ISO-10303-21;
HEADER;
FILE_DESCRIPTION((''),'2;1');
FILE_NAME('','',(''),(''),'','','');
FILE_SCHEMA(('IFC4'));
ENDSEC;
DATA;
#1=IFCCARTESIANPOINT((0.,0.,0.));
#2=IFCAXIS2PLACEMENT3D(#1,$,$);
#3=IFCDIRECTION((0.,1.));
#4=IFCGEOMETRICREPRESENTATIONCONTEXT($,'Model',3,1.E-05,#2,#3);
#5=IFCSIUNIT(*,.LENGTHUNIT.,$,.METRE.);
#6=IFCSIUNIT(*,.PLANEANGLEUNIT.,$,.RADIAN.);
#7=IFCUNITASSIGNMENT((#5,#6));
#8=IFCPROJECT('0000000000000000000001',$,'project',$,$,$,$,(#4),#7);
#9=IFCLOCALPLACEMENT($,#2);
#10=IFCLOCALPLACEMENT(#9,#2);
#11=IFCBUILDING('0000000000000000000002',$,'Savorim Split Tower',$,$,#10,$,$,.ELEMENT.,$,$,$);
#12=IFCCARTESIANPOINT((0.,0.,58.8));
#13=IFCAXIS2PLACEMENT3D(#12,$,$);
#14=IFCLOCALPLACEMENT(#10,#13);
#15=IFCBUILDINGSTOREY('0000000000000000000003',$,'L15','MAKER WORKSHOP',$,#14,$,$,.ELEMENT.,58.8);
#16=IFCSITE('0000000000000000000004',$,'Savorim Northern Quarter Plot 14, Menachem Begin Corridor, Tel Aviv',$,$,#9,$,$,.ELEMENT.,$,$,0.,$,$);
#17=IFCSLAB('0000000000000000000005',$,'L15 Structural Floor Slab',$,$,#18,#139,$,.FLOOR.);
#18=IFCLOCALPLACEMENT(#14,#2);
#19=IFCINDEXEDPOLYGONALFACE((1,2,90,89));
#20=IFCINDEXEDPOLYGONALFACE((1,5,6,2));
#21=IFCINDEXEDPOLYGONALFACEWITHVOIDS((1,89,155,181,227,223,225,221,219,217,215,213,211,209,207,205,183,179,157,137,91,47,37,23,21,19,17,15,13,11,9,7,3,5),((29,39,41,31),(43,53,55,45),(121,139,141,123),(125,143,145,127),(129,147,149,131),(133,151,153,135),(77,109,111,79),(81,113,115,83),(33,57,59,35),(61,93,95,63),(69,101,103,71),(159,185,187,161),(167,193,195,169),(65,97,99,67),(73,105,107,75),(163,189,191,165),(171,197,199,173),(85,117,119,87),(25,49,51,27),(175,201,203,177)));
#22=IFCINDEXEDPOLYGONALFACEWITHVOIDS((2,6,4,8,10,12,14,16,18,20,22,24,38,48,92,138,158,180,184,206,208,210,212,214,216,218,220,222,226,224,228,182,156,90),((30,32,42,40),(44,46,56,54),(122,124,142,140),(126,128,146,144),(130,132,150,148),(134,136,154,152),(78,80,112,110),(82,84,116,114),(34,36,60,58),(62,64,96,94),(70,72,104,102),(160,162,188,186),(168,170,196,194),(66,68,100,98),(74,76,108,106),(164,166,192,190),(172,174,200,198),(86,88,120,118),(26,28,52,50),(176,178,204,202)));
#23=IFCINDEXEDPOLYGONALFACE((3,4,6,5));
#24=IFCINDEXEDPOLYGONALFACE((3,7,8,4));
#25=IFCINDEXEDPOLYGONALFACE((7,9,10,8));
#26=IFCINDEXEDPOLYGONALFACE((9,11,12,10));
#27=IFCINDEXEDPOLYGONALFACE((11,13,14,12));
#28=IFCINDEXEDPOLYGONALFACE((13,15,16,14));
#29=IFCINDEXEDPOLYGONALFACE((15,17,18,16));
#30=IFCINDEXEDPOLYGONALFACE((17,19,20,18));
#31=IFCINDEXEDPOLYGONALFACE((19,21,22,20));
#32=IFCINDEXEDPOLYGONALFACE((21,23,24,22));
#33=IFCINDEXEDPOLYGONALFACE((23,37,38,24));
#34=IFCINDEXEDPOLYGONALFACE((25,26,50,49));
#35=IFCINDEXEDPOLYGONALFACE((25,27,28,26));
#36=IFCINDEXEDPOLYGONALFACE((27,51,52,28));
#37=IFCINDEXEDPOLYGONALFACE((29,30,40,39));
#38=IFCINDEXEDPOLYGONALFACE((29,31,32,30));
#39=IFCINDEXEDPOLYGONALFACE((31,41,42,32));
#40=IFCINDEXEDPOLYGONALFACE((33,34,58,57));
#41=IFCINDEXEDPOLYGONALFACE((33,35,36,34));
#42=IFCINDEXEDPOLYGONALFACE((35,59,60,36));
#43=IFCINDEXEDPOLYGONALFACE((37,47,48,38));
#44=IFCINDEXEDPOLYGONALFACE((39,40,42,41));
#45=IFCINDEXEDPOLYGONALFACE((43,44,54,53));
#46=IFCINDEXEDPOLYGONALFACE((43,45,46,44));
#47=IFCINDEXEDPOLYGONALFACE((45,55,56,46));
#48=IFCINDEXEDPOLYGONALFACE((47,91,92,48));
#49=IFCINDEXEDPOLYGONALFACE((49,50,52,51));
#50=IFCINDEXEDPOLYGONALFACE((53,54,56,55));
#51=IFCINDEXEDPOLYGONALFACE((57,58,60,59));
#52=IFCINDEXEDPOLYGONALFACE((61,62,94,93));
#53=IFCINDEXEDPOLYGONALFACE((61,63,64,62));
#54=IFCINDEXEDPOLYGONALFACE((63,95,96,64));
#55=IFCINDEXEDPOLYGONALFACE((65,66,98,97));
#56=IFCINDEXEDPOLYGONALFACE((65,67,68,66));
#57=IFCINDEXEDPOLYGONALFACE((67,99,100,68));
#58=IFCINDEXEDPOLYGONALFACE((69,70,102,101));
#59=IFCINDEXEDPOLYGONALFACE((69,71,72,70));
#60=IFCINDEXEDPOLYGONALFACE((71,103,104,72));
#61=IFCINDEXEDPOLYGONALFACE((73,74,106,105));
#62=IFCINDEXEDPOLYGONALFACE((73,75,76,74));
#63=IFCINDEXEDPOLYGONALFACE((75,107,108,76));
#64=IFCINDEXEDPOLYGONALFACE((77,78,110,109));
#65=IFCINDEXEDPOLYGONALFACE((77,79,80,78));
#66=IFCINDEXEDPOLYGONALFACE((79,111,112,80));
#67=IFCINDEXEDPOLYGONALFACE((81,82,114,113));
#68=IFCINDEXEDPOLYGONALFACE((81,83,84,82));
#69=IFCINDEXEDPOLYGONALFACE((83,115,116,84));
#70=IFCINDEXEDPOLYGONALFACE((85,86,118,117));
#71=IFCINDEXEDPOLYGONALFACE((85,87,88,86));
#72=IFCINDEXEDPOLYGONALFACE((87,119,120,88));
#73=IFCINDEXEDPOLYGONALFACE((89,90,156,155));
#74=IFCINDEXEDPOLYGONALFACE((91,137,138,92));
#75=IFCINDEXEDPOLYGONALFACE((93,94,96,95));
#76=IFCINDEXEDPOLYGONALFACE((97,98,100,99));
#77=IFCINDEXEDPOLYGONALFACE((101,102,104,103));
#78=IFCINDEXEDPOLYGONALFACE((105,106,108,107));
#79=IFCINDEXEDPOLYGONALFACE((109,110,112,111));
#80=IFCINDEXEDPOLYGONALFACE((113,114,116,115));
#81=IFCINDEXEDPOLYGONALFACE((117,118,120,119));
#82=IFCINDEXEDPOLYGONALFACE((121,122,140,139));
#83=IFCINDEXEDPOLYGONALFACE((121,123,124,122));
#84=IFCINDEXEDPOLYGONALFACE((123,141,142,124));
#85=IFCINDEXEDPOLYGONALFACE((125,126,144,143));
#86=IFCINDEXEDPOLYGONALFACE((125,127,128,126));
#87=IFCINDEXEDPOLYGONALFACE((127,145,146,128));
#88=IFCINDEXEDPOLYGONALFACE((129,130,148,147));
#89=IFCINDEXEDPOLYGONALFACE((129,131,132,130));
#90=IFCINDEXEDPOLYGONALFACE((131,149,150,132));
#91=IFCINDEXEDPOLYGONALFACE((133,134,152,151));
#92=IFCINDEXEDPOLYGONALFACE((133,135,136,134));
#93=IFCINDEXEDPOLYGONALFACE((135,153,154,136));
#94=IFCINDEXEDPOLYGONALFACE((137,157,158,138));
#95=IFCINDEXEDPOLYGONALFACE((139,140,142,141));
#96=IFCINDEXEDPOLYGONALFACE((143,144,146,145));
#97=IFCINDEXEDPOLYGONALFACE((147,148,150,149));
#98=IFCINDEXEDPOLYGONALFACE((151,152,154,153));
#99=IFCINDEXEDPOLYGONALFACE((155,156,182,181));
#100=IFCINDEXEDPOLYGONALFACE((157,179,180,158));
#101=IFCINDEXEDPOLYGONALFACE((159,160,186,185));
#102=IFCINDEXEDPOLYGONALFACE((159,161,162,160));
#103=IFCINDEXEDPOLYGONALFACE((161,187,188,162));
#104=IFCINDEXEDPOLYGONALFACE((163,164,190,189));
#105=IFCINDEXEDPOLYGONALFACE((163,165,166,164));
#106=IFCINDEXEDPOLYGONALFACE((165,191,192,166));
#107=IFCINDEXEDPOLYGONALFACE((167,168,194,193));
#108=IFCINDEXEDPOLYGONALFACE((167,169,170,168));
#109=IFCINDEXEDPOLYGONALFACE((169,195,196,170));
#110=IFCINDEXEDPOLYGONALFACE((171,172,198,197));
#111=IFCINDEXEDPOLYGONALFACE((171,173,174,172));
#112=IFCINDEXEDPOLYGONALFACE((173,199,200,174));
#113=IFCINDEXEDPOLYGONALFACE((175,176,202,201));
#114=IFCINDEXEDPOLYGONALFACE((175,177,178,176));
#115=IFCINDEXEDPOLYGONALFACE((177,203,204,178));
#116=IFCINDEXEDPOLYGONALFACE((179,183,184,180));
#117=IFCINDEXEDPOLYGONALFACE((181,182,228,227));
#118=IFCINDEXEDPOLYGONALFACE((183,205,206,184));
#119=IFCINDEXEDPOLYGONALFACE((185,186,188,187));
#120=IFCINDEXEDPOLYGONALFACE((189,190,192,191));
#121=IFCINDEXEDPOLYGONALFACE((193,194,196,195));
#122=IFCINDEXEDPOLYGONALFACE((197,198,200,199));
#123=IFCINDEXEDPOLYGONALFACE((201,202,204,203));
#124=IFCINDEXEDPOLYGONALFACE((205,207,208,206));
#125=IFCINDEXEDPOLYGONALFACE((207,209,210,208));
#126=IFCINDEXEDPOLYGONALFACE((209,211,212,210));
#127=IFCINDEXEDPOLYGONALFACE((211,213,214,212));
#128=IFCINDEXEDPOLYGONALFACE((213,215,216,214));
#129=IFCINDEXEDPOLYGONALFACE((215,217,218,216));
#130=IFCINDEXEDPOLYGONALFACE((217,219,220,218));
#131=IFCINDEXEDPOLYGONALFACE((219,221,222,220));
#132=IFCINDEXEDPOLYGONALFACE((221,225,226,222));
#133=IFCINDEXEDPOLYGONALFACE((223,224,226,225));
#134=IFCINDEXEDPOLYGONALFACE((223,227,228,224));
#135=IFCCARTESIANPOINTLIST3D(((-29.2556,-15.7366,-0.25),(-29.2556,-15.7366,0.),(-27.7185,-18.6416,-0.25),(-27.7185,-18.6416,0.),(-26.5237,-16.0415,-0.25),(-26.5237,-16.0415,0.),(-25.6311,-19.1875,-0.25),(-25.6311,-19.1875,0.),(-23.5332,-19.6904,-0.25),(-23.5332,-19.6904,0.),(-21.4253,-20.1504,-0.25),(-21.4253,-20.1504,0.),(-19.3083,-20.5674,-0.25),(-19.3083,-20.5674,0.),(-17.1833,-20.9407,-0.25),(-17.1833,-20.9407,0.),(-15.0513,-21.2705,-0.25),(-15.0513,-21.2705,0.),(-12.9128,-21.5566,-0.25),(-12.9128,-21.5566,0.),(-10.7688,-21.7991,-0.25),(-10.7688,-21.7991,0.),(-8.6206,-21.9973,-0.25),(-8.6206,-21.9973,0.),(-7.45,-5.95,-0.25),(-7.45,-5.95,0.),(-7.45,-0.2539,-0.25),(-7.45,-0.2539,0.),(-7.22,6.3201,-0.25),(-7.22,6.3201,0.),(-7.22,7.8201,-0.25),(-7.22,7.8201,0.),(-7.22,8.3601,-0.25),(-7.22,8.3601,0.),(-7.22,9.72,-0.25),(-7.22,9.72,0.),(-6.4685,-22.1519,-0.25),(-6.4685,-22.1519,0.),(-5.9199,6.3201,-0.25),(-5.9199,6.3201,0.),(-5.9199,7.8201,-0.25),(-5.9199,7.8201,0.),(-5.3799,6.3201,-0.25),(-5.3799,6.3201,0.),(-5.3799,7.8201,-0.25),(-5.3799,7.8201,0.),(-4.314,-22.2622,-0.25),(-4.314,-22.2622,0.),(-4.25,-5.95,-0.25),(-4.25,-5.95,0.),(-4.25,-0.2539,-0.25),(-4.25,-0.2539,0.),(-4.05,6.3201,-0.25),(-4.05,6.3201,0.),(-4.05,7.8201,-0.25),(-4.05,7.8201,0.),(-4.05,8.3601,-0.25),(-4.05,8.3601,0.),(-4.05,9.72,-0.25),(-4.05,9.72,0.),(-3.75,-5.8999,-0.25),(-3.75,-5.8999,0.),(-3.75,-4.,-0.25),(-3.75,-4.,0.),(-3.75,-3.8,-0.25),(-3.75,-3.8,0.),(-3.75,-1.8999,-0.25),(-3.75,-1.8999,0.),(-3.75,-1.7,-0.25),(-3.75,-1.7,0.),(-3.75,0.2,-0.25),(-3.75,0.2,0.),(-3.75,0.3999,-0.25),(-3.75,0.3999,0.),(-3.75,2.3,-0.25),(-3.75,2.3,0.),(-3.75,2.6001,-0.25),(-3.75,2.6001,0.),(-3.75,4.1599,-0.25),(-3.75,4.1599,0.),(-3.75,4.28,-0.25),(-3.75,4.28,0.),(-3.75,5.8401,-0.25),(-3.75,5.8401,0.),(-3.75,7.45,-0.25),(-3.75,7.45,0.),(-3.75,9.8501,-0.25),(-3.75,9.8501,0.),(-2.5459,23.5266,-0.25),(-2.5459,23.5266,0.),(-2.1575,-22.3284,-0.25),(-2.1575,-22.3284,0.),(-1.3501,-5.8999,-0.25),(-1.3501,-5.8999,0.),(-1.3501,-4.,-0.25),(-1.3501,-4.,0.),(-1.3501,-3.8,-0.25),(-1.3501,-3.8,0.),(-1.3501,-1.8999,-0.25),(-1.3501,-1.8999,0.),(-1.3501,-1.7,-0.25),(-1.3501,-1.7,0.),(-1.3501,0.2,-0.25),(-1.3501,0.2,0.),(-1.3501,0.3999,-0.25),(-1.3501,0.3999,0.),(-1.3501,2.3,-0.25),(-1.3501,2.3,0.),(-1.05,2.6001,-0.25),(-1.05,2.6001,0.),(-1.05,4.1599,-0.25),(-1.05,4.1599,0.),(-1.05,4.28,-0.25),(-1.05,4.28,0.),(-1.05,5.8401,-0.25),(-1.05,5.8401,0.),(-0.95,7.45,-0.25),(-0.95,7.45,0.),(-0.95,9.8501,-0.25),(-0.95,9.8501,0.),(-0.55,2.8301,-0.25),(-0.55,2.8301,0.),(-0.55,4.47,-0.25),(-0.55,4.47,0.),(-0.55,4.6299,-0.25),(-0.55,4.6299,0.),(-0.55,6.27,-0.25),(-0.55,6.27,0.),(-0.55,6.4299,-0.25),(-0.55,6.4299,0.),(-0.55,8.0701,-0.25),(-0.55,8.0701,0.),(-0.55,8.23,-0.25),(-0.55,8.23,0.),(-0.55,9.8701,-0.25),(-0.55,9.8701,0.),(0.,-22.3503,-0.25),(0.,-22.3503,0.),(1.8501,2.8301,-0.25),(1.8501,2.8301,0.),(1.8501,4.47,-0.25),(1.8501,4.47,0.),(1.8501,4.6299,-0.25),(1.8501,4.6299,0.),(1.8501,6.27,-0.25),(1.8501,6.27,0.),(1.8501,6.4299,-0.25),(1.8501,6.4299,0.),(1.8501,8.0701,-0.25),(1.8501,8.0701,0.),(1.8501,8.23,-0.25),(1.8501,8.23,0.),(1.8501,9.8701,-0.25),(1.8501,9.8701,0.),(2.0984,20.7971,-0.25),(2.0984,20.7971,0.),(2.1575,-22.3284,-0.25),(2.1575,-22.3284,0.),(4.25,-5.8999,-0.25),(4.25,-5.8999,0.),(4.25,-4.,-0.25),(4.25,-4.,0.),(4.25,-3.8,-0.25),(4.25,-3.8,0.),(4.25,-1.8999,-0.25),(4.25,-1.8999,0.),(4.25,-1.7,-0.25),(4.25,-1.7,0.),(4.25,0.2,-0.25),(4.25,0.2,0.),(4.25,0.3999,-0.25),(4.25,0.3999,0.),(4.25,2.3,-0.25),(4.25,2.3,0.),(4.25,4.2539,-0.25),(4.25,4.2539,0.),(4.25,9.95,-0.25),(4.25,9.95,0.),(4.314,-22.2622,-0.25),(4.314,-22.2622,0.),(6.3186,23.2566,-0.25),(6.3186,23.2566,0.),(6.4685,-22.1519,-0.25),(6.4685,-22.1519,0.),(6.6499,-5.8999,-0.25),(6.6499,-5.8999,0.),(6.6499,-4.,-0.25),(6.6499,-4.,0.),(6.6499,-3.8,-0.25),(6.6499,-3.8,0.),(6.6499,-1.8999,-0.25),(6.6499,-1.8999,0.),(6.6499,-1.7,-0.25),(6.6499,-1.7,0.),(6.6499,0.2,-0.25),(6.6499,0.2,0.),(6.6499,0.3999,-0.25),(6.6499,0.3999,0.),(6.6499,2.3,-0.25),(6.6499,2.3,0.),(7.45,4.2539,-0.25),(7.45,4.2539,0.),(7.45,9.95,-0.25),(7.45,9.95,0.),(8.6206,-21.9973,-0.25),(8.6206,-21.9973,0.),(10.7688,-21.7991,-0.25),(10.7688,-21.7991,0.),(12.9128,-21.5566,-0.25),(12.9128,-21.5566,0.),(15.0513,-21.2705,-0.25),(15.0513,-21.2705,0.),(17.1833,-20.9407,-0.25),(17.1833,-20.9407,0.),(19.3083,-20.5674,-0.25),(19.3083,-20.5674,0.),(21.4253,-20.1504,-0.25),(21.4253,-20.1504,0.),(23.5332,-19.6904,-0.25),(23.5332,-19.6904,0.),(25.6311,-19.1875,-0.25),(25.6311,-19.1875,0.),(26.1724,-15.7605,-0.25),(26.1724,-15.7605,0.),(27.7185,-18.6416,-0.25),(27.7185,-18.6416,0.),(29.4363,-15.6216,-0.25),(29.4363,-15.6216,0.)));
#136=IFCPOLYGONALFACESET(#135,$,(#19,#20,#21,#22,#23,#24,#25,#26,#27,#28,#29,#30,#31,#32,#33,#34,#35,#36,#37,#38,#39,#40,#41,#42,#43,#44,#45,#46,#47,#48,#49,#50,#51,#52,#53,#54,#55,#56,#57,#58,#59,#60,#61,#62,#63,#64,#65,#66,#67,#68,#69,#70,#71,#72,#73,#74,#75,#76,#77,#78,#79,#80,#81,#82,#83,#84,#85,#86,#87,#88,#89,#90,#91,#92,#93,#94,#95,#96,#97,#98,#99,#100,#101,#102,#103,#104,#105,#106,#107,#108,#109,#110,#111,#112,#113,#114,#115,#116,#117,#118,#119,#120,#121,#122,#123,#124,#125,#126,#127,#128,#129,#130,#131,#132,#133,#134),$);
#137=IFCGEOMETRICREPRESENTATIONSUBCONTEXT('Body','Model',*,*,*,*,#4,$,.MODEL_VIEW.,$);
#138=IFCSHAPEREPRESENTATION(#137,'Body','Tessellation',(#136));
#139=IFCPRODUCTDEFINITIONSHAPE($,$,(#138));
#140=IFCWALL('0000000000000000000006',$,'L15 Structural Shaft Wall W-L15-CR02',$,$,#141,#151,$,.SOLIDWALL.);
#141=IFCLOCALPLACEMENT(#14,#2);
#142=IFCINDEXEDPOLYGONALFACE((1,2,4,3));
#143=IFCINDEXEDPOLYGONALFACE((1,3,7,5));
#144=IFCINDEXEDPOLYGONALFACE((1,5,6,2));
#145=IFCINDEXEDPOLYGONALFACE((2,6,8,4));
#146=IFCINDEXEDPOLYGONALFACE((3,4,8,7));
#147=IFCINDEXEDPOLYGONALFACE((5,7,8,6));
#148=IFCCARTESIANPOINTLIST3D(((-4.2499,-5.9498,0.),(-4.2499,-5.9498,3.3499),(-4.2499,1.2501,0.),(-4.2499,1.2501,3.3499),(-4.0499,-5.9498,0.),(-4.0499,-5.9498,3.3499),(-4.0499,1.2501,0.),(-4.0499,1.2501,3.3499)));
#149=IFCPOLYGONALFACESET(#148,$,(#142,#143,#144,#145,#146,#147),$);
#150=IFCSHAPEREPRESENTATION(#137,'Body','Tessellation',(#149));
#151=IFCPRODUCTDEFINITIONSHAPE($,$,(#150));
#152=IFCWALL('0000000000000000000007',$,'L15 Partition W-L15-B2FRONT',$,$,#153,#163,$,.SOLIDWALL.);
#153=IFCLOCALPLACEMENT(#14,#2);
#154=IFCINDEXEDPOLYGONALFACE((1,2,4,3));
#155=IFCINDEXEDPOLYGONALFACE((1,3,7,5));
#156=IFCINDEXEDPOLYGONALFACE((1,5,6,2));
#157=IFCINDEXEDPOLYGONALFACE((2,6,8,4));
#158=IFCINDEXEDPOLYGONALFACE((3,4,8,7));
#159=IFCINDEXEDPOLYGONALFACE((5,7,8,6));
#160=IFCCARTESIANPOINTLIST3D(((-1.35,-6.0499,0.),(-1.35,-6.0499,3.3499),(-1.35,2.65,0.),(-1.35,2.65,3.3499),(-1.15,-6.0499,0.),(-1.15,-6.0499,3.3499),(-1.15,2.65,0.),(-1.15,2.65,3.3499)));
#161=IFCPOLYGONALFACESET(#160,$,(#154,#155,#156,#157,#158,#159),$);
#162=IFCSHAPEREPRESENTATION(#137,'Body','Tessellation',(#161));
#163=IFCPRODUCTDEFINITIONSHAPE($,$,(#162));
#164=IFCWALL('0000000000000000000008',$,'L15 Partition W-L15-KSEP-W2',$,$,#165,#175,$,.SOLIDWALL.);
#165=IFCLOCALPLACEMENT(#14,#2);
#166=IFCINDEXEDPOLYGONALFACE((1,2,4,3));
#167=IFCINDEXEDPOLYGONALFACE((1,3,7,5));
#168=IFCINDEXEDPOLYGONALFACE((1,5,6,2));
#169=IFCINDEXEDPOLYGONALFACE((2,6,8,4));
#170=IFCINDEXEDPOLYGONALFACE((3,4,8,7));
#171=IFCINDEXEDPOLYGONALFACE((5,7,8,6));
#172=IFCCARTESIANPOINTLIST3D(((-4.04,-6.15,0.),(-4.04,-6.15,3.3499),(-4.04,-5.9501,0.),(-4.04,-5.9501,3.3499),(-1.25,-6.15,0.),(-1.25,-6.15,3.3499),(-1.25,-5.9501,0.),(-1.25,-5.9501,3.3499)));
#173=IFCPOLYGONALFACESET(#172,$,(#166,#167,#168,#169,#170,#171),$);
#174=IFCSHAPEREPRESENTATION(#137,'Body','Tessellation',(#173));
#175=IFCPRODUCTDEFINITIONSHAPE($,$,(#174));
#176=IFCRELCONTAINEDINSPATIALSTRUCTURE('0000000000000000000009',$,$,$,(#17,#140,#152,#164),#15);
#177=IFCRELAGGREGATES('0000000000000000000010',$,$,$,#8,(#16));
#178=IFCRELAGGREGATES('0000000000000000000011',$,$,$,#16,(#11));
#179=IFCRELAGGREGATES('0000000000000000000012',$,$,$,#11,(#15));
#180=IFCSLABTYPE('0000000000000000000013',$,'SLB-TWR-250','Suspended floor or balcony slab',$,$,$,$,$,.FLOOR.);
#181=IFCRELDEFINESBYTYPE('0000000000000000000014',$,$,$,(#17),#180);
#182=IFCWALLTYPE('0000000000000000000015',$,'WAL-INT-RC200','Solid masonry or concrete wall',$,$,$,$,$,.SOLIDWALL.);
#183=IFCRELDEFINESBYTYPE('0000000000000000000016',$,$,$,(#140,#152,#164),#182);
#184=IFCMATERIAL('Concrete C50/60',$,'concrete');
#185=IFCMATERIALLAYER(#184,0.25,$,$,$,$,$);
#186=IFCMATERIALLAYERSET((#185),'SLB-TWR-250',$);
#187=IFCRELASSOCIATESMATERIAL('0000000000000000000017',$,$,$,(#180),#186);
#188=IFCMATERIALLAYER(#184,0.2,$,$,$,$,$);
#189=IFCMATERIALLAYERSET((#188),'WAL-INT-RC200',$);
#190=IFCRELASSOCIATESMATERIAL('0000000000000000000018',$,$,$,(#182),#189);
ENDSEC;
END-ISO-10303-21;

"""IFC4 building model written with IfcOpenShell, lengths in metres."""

from ifc_helpers import new_model, si_unit, direction, frame, frame_2d, origin, place, context, subcontext, project, spatial, polyline, rectangle, outline, extrude, material, layer, layer_set, type_object, element, save


model = new_model("IFC4")

# Units and contexts
model_context = context("Model", 3, precision=1e-05, world=origin(), true_north=direction((0.0, 1.0)))
body_context = subcontext(model_context, "Body", "Model", "MODEL_VIEW")
ifc_project = project(units=[si_unit("LENGTHUNIT", "METRE"), si_unit("PLANEANGLEUNIT", "RADIAN")], contexts=[model_context])

# Site, building, storey
site_placement = place(None, origin())
site = spatial("IfcSite", under=ifc_project, at=site_placement, Name="Savorim Northern Quarter Plot 14, Menachem Begin Corridor, Tel Aviv", CompositionType="ELEMENT", RefElevation=0.0)
building_placement = place(site_placement, origin())
building = spatial("IfcBuilding", under=site, at=building_placement, Name="Savorim Split Tower", CompositionType="ELEMENT")
storey_placement = place(building_placement, frame((0.0, 0.0, 58.8)))
storey = spatial("IfcBuildingStorey", under=building, at=storey_placement, Name="L15", Description="MAKER WORKSHOP", CompositionType="ELEMENT", Elevation=58.8)

# Shared definitions
ifc_material_1 = material(Name="Concrete C50/60", Category="concrete")

# Slab
ifc_layer_1 = layer(ifc_material_1, 0.25)
ifc_layer_set_1 = layer_set([ifc_layer_1], Name="SLB-TWR-250")
slab_type_1 = type_object("IfcSlabType", Name="SLB-TWR-250", Description="Suspended floor or balcony slab", PredefinedType="FLOOR", material=ifc_layer_set_1)
slab_1_placement = place(storey_placement, frame((0.0, 0.0, -0.25)))
element("IfcSlab", 1, at=slab_1_placement, inside=storey, type_object=slab_type_1, Name="L15 Structural Floor Slab", PredefinedType="FLOOR", context=body_context, shape_type="SweptSolid", body=[
    extrude(outline(polyline([(-27.7185, -18.6416), (-25.6311, -19.1875), (-23.5332, -19.6904), (-21.4253, -20.1504), (-19.3083, -20.5674), (-17.1833, -20.9407), (-15.0513, -21.2705), (-12.9128, -21.5566), (-10.7688, -21.7991), (-8.6206, -21.9973), (-6.4685, -22.1519), (-4.314, -22.2622), (-2.1575, -22.3284), (0.0, -22.3503), (2.1575, -22.3284), (4.314, -22.2622), (6.4685, -22.1519), (8.6206, -21.9973), (10.7688, -21.7991), (12.9128, -21.5566), (15.0513, -21.2705), (17.1833, -20.9407), (19.3083, -20.5674), (21.4253, -20.1504), (23.5332, -19.6904), (25.6311, -19.1875), (27.7185, -18.6416), (26.1724, -15.7605), (29.4363, -15.6216), (6.3186, 23.2566), (2.0984, 20.7971), (-2.5459, 23.5266), (-29.2556, -15.7366), (-26.5237, -16.0415), (-27.7185, -18.6416)]), holes=[polyline([(-7.45, -0.2539), (-7.45, -5.95), (-4.25, -5.95), (-4.25, -0.2539), (-7.45, -0.2539)]), polyline([(7.45, 4.2539), (7.45, 9.95), (4.25, 9.95), (4.25, 4.2539), (7.45, 4.2539)]), polyline([(4.25, -5.8999), (6.6499, -5.8999), (6.6499, -4.0), (4.25, -4.0), (4.25, -5.8999)]), polyline([(4.25, -3.8), (6.6499, -3.8), (6.6499, -1.8999), (4.25, -1.8999), (4.25, -3.8)]), polyline([(4.25, -1.7), (6.6499, -1.7), (6.6499, 0.2), (4.25, 0.2), (4.25, -1.7)]), polyline([(4.25, 0.3999), (6.6499, 0.3999), (6.6499, 2.3), (4.25, 2.3), (4.25, 0.3999)]), polyline([(-3.75, -5.8999), (-1.3501, -5.8999), (-1.3501, -4.0), (-3.75, -4.0), (-3.75, -5.8999)]), polyline([(-3.75, -3.8), (-1.3501, -3.8), (-1.3501, -1.8999), (-3.75, -1.8999), (-3.75, -3.8)]), polyline([(-3.75, -1.7), (-1.3501, -1.7), (-1.3501, 0.2), (-3.75, 0.2), (-3.75, -1.7)]), polyline([(-3.75, 0.3999), (-1.3501, 0.3999), (-1.3501, 2.3), (-3.75, 2.3), (-3.75, 0.3999)]), polyline([(-0.55, 2.8301), (1.8501, 2.8301), (1.8501, 4.47), (-0.55, 4.47), (-0.55, 2.8301)]), polyline([(-0.55, 4.6299), (1.8501, 4.6299), (1.8501, 6.27), (-0.55, 6.27), (-0.55, 4.6299)]), polyline([(-0.55, 6.4299), (1.8501, 6.4299), (1.8501, 8.0701), (-0.55, 8.0701), (-0.55, 6.4299)]), polyline([(-0.55, 8.23), (1.8501, 8.23), (1.8501, 9.8701), (-0.55, 9.8701), (-0.55, 8.23)]), polyline([(-3.75, 2.6001), (-1.05, 2.6001), (-1.05, 4.1599), (-3.75, 4.1599), (-3.75, 2.6001)]), polyline([(-3.75, 4.28), (-1.05, 4.28), (-1.05, 5.8401), (-3.75, 5.8401), (-3.75, 4.28)]), polyline([(-3.75, 7.45), (-0.95, 7.45), (-0.95, 9.8501), (-3.75, 9.8501), (-3.75, 7.45)]), polyline([(-7.22, 6.3201), (-5.9199, 6.3201), (-5.9199, 7.8201), (-7.22, 7.8201), (-7.22, 6.3201)]), polyline([(-5.3799, 6.3201), (-4.05, 6.3201), (-4.05, 7.8201), (-5.3799, 7.8201), (-5.3799, 6.3201)]), polyline([(-7.22, 8.3601), (-4.05, 8.3601), (-4.05, 9.72), (-7.22, 9.72), (-7.22, 8.3601)])]), origin(), (0.0, 0.0, 1.0), 0.25),
])

# Wall
ifc_layer_2 = layer(ifc_material_1, 0.2)
ifc_layer_set_2 = layer_set([ifc_layer_2], Name="WAL-INT-RC200")
wall_type_1 = type_object("IfcWallType", Name="WAL-INT-RC200", Description="Solid masonry or concrete wall", PredefinedType="SOLIDWALL", material=ifc_layer_set_2)
wall_1_placement = place(storey_placement, frame((-4.1499, -5.95, 0.0), z_axis=(0.0, 0.0, 1.0), x_axis=(0.0, 1.0, 0.0)))
element("IfcWall", 2, at=wall_1_placement, inside=storey, type_object=wall_type_1, Name="L15 Structural Shaft Wall W-L15-CR02", PredefinedType="SOLIDWALL", context=body_context, shape_type="SweptSolid", body=[
    extrude(rectangle(XDim=7.2, YDim=0.2, at=frame_2d((3.6001, 0.0))), origin(), (0.0, 0.0, 1.0), 3.3499),
])

# Walls
wall_2_placement = place(storey_placement, frame((-1.25, -6.05, 0.0), z_axis=(0.0, 0.0, 1.0), x_axis=(0.0, 1.0, 0.0)))
element("IfcWall", 3, at=wall_2_placement, inside=storey, type_object=wall_type_1, Name="L15 Partition W-L15-B2FRONT", PredefinedType="SOLIDWALL", context=body_context, shape_type="SweptSolid", body=[
    extrude(rectangle(XDim=8.7, YDim=0.2, at=frame_2d((4.3501, 0.0))), origin(), (0.0, 0.0, 1.0), 3.3499),
])
wall_3_placement = place(storey_placement, frame((-4.04, -6.05, 0.0), z_axis=(0.0, 0.0, 1.0), x_axis=(1.0, 0.0, 0.0)))
element("IfcWall", 4, at=wall_3_placement, inside=storey, type_object=wall_type_1, Name="L15 Partition W-L15-KSEP-W2", PredefinedType="SOLIDWALL", context=body_context, shape_type="SweptSolid", body=[
    extrude(rectangle(XDim=2.79, YDim=0.2, at=frame_2d((1.395, 0.0))), origin(), (0.0, 0.0, 1.0), 3.3499),
])

save(model, "model.ifc")
